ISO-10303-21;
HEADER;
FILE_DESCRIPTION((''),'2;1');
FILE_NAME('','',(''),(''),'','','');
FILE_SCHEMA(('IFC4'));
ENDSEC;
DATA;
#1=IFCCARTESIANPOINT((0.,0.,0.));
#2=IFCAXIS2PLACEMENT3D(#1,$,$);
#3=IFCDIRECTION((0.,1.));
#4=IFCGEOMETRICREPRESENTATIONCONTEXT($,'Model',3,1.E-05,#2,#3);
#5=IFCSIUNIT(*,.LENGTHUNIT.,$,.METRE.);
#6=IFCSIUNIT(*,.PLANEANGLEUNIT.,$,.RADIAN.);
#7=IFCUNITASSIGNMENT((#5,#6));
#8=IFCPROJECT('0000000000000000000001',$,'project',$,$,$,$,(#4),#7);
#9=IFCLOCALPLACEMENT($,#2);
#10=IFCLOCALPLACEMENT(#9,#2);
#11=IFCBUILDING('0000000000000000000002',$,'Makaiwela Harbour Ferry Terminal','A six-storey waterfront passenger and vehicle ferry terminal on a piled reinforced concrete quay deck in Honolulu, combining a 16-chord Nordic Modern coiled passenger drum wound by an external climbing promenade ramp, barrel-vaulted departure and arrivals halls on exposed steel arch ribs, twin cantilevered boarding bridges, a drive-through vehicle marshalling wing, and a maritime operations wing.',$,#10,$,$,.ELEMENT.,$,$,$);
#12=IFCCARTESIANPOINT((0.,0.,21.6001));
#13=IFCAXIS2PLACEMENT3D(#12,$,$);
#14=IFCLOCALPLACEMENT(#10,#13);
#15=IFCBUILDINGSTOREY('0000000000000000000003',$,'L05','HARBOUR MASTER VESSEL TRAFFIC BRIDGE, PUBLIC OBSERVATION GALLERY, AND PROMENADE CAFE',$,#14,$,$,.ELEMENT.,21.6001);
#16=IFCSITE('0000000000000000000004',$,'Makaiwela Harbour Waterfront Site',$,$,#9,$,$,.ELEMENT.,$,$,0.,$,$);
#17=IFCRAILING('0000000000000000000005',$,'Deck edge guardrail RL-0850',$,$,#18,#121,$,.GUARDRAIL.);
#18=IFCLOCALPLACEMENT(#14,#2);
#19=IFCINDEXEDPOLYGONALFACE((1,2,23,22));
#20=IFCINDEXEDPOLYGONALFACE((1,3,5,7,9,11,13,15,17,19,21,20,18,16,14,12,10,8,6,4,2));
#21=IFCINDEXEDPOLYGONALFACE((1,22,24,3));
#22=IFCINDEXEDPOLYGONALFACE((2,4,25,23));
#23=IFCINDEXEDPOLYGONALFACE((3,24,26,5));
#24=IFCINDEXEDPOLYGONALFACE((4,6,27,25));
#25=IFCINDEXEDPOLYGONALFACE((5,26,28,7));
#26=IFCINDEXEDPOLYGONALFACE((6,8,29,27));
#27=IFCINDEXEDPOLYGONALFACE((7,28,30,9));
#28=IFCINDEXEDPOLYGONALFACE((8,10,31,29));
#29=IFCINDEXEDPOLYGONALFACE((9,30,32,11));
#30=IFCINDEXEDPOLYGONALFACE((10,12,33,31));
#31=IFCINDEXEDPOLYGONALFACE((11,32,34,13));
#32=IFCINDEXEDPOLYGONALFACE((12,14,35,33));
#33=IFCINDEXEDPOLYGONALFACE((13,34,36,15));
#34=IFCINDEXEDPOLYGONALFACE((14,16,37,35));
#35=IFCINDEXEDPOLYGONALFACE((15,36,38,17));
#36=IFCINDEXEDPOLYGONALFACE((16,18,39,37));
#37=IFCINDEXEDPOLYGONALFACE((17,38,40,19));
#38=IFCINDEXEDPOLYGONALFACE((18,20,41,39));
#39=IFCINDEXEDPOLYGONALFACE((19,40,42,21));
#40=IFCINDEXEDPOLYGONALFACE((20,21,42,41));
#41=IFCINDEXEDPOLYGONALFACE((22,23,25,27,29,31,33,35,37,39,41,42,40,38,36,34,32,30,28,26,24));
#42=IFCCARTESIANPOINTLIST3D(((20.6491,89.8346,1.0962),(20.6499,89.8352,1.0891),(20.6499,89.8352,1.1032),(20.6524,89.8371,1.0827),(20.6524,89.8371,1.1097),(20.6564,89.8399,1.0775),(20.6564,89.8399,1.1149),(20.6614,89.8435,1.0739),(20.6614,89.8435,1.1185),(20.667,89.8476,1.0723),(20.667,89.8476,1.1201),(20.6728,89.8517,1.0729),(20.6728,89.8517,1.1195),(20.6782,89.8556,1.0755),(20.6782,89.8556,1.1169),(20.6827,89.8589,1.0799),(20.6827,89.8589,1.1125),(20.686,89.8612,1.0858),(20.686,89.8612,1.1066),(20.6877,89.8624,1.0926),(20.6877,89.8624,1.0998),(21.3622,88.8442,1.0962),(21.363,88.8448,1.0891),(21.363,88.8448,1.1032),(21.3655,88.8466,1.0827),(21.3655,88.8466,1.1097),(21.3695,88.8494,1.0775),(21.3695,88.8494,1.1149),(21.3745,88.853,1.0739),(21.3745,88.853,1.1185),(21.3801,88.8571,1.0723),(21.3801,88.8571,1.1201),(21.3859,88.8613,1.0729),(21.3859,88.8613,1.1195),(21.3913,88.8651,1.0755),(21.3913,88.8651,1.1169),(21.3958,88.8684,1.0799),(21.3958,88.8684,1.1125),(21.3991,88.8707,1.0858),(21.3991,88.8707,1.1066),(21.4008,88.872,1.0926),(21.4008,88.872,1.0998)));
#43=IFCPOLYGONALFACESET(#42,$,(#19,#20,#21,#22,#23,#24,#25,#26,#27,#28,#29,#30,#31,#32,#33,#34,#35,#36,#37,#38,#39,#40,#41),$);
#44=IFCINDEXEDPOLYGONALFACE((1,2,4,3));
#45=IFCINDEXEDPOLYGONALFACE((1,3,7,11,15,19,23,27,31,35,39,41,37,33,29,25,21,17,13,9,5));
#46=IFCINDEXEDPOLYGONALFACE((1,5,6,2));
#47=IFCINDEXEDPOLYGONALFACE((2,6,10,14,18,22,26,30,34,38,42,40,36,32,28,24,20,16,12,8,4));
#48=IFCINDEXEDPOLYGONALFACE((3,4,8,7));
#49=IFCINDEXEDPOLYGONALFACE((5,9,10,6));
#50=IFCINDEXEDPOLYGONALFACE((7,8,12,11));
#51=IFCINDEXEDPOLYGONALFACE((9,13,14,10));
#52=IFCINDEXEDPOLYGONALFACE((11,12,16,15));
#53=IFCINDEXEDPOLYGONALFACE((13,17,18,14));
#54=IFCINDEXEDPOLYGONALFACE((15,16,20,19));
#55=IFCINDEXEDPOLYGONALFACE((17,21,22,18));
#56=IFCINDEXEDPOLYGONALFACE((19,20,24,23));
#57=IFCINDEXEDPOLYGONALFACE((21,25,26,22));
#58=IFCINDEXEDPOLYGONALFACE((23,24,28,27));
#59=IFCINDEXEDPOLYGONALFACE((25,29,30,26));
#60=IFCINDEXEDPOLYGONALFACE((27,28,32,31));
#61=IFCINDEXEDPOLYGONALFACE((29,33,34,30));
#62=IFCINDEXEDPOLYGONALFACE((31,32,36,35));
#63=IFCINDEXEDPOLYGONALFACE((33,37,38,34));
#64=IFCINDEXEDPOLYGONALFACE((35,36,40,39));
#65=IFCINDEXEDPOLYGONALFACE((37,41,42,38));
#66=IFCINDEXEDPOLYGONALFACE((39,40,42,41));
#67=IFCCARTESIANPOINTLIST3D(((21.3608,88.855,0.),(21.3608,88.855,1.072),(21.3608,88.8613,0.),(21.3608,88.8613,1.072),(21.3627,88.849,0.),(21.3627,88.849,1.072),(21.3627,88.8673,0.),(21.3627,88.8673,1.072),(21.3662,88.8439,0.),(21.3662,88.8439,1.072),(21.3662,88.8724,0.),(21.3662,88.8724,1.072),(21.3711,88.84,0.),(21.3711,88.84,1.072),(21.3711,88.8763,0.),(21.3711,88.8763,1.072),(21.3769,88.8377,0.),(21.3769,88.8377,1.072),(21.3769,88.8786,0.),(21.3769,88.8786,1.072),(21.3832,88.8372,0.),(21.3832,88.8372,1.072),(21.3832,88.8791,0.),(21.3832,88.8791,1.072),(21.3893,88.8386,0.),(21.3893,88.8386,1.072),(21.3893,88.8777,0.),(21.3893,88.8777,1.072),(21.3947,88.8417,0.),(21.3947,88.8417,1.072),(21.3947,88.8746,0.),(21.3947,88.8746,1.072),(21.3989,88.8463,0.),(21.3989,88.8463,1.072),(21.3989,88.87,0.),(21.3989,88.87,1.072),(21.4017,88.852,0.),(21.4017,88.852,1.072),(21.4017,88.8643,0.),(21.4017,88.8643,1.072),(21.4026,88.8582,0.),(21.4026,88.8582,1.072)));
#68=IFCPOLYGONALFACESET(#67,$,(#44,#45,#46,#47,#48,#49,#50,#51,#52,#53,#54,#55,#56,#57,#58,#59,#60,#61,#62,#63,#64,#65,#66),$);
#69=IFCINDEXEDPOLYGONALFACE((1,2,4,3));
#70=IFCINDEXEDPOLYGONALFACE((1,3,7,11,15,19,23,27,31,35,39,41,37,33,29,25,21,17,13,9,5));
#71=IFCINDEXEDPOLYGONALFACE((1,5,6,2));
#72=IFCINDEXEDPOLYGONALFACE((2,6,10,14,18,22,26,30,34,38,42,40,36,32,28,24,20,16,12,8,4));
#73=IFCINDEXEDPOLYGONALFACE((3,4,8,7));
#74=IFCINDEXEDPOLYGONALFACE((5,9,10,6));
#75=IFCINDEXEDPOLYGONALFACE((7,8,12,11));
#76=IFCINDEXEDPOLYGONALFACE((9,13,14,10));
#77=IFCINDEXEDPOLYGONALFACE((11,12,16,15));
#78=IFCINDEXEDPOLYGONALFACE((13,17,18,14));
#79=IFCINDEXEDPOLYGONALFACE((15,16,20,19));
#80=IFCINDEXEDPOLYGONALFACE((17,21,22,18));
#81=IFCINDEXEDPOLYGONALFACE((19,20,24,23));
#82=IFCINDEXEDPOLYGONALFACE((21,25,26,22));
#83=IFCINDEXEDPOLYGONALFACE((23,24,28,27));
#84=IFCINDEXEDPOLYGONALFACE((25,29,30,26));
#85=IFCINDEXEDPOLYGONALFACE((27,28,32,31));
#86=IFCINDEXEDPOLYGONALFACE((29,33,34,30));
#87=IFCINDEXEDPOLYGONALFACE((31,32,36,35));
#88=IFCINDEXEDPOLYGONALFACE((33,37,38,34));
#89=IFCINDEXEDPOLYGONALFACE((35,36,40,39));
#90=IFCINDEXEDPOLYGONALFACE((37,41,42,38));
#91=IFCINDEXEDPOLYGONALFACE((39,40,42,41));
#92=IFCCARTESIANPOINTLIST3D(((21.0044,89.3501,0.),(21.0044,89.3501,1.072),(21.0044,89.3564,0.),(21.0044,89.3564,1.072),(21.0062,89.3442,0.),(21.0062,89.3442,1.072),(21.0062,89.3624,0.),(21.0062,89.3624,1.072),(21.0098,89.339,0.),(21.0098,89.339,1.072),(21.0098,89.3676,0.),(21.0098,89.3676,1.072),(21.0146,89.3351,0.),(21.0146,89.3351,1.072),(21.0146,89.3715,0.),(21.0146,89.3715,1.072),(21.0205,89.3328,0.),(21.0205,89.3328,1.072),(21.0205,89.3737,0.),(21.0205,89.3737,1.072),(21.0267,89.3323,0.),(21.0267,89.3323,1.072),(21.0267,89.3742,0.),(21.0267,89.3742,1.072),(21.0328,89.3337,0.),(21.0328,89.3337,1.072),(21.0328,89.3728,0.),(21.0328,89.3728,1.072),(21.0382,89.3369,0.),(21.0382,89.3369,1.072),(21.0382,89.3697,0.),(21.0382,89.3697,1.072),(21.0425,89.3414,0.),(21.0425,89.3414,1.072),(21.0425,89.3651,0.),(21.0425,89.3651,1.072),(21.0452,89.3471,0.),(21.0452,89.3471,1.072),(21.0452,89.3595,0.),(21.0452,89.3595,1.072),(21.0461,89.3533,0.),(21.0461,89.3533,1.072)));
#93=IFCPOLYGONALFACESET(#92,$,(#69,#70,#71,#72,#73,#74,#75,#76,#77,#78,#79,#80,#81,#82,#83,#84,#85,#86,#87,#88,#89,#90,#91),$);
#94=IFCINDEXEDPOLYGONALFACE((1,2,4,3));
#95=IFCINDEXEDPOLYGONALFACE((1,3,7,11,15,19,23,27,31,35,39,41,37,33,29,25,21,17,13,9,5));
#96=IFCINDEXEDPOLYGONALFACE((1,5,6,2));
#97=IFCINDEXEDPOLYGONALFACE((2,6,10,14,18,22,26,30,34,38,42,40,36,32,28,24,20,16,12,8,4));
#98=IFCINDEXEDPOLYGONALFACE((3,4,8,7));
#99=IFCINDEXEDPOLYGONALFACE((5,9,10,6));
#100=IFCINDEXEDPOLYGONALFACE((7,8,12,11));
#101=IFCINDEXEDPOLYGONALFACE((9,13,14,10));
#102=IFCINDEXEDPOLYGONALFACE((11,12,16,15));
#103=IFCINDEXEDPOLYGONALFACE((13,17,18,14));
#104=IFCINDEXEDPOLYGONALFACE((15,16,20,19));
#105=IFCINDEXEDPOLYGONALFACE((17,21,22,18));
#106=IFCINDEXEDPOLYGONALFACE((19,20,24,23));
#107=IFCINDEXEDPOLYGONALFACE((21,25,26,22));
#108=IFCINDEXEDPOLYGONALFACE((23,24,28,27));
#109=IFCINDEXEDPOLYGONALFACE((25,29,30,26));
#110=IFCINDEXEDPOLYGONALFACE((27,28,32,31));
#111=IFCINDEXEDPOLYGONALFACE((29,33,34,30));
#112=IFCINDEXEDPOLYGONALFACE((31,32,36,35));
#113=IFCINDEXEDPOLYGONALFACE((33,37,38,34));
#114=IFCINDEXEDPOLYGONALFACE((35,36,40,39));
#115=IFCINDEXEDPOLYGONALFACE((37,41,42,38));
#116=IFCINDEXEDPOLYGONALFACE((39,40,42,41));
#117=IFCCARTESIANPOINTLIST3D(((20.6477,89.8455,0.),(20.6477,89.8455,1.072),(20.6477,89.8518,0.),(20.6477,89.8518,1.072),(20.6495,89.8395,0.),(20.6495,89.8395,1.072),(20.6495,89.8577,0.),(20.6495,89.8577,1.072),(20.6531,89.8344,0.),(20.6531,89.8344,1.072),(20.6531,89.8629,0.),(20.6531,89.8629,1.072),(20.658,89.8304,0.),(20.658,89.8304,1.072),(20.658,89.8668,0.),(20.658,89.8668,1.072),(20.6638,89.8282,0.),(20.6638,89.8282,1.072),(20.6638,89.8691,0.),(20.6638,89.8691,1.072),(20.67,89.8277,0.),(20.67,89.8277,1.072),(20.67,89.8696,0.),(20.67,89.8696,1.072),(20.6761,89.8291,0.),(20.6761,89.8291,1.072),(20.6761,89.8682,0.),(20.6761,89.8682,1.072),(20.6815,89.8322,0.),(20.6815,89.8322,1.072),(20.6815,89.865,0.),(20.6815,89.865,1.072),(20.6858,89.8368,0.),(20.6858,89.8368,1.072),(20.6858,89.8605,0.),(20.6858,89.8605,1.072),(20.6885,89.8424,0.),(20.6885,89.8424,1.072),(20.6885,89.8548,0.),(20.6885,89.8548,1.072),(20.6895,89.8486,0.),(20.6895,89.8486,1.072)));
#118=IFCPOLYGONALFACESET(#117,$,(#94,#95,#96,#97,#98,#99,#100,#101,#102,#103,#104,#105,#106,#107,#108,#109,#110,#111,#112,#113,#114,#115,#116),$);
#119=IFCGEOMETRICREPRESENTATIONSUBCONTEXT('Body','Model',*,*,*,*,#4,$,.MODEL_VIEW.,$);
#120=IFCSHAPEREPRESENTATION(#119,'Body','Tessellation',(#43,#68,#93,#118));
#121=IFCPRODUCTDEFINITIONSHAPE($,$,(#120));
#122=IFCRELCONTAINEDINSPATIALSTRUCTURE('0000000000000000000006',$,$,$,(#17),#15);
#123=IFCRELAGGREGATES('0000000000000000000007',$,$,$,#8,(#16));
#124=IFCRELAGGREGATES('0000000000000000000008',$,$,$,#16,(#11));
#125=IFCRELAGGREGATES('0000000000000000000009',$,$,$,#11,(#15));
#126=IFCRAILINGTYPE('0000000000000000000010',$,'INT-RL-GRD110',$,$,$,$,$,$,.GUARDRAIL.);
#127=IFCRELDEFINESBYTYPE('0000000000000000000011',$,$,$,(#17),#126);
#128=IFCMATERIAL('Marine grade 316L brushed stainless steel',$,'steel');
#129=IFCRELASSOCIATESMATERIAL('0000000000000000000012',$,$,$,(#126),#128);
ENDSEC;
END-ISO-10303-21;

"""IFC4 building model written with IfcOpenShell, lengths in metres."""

from ifc_helpers import new_model, si_unit, direction, frame, origin, origin_2d, place, context, subcontext, project, spatial, circle, extrude, material, type_object, element, save


model = new_model("IFC4")

# Units and contexts
model_context = context("Model", 3, precision=1e-05, world=origin(), true_north=direction((0.0, 1.0)))
body_context = subcontext(model_context, "Body", "Model", "MODEL_VIEW")
ifc_project = project(units=[si_unit("LENGTHUNIT", "METRE"), si_unit("PLANEANGLEUNIT", "RADIAN")], contexts=[model_context])

# Site, building, storey
site_placement = place(None, origin())
site = spatial("IfcSite", under=ifc_project, at=site_placement, Name="Makaiwela Harbour Waterfront Site", CompositionType="ELEMENT", RefElevation=0.0)
building_placement = place(site_placement, origin())
building = spatial("IfcBuilding", under=site, at=building_placement, Name="Makaiwela Harbour Ferry Terminal", Description="A six-storey waterfront passenger and vehicle ferry terminal on a piled reinforced concrete quay deck in Honolulu, combining a 16-chord Nordic Modern coiled passenger drum wound by an external climbing promenade ramp, barrel-vaulted departure and arrivals halls on exposed steel arch ribs, twin cantilevered boarding bridges, a drive-through vehicle marshalling wing, and a maritime operations wing.", CompositionType="ELEMENT")
storey_placement = place(building_placement, frame((0.0, 0.0, 21.6001)))
storey = spatial("IfcBuildingStorey", under=building, at=storey_placement, Name="L05", Description="HARBOUR MASTER VESSEL TRAFFIC BRIDGE, PUBLIC OBSERVATION GALLERY, AND PROMENADE CAFE", CompositionType="ELEMENT", Elevation=21.6001)

# Railing
ifc_material_1 = material(Name="Marine grade 316L brushed stainless steel", Category="steel")
railing_type = type_object("IfcRailingType", Name="INT-RL-GRD110", PredefinedType="GUARDRAIL", material=ifc_material_1)
railing_1_placement = place(storey_placement, frame((21.3816, 88.8582, 0.0)))
element("IfcRailing", 1, at=railing_1_placement, inside=storey, type_object=railing_type, Name="Deck edge guardrail RL-0850", PredefinedType="GUARDRAIL", context=body_context, shape_type="SweptSolid", body=[
    extrude(circle(Radius=0.0239, at=origin_2d()), frame((0.0, 0.0, 1.0962), z_axis=(-0.584299, 0.811538, 0.0), x_axis=(-0.811538, -0.584299, 0.0)), (0.0, 0.0, 1.0), 1.2205),
    extrude(circle(Radius=0.021, at=origin_2d()), origin(), (0.0, 0.0, 1.0), 1.072),
    extrude(circle(Radius=0.021, at=origin_2d()), frame((-0.3564, 0.4951, 0.0)), (0.0, 0.0, 1.0), 1.072),
    extrude(circle(Radius=0.021, at=origin_2d()), frame((-0.7131, 0.9905, 0.0)), (0.0, 0.0, 1.0), 1.072),
])

save(model, "model.ifc")
